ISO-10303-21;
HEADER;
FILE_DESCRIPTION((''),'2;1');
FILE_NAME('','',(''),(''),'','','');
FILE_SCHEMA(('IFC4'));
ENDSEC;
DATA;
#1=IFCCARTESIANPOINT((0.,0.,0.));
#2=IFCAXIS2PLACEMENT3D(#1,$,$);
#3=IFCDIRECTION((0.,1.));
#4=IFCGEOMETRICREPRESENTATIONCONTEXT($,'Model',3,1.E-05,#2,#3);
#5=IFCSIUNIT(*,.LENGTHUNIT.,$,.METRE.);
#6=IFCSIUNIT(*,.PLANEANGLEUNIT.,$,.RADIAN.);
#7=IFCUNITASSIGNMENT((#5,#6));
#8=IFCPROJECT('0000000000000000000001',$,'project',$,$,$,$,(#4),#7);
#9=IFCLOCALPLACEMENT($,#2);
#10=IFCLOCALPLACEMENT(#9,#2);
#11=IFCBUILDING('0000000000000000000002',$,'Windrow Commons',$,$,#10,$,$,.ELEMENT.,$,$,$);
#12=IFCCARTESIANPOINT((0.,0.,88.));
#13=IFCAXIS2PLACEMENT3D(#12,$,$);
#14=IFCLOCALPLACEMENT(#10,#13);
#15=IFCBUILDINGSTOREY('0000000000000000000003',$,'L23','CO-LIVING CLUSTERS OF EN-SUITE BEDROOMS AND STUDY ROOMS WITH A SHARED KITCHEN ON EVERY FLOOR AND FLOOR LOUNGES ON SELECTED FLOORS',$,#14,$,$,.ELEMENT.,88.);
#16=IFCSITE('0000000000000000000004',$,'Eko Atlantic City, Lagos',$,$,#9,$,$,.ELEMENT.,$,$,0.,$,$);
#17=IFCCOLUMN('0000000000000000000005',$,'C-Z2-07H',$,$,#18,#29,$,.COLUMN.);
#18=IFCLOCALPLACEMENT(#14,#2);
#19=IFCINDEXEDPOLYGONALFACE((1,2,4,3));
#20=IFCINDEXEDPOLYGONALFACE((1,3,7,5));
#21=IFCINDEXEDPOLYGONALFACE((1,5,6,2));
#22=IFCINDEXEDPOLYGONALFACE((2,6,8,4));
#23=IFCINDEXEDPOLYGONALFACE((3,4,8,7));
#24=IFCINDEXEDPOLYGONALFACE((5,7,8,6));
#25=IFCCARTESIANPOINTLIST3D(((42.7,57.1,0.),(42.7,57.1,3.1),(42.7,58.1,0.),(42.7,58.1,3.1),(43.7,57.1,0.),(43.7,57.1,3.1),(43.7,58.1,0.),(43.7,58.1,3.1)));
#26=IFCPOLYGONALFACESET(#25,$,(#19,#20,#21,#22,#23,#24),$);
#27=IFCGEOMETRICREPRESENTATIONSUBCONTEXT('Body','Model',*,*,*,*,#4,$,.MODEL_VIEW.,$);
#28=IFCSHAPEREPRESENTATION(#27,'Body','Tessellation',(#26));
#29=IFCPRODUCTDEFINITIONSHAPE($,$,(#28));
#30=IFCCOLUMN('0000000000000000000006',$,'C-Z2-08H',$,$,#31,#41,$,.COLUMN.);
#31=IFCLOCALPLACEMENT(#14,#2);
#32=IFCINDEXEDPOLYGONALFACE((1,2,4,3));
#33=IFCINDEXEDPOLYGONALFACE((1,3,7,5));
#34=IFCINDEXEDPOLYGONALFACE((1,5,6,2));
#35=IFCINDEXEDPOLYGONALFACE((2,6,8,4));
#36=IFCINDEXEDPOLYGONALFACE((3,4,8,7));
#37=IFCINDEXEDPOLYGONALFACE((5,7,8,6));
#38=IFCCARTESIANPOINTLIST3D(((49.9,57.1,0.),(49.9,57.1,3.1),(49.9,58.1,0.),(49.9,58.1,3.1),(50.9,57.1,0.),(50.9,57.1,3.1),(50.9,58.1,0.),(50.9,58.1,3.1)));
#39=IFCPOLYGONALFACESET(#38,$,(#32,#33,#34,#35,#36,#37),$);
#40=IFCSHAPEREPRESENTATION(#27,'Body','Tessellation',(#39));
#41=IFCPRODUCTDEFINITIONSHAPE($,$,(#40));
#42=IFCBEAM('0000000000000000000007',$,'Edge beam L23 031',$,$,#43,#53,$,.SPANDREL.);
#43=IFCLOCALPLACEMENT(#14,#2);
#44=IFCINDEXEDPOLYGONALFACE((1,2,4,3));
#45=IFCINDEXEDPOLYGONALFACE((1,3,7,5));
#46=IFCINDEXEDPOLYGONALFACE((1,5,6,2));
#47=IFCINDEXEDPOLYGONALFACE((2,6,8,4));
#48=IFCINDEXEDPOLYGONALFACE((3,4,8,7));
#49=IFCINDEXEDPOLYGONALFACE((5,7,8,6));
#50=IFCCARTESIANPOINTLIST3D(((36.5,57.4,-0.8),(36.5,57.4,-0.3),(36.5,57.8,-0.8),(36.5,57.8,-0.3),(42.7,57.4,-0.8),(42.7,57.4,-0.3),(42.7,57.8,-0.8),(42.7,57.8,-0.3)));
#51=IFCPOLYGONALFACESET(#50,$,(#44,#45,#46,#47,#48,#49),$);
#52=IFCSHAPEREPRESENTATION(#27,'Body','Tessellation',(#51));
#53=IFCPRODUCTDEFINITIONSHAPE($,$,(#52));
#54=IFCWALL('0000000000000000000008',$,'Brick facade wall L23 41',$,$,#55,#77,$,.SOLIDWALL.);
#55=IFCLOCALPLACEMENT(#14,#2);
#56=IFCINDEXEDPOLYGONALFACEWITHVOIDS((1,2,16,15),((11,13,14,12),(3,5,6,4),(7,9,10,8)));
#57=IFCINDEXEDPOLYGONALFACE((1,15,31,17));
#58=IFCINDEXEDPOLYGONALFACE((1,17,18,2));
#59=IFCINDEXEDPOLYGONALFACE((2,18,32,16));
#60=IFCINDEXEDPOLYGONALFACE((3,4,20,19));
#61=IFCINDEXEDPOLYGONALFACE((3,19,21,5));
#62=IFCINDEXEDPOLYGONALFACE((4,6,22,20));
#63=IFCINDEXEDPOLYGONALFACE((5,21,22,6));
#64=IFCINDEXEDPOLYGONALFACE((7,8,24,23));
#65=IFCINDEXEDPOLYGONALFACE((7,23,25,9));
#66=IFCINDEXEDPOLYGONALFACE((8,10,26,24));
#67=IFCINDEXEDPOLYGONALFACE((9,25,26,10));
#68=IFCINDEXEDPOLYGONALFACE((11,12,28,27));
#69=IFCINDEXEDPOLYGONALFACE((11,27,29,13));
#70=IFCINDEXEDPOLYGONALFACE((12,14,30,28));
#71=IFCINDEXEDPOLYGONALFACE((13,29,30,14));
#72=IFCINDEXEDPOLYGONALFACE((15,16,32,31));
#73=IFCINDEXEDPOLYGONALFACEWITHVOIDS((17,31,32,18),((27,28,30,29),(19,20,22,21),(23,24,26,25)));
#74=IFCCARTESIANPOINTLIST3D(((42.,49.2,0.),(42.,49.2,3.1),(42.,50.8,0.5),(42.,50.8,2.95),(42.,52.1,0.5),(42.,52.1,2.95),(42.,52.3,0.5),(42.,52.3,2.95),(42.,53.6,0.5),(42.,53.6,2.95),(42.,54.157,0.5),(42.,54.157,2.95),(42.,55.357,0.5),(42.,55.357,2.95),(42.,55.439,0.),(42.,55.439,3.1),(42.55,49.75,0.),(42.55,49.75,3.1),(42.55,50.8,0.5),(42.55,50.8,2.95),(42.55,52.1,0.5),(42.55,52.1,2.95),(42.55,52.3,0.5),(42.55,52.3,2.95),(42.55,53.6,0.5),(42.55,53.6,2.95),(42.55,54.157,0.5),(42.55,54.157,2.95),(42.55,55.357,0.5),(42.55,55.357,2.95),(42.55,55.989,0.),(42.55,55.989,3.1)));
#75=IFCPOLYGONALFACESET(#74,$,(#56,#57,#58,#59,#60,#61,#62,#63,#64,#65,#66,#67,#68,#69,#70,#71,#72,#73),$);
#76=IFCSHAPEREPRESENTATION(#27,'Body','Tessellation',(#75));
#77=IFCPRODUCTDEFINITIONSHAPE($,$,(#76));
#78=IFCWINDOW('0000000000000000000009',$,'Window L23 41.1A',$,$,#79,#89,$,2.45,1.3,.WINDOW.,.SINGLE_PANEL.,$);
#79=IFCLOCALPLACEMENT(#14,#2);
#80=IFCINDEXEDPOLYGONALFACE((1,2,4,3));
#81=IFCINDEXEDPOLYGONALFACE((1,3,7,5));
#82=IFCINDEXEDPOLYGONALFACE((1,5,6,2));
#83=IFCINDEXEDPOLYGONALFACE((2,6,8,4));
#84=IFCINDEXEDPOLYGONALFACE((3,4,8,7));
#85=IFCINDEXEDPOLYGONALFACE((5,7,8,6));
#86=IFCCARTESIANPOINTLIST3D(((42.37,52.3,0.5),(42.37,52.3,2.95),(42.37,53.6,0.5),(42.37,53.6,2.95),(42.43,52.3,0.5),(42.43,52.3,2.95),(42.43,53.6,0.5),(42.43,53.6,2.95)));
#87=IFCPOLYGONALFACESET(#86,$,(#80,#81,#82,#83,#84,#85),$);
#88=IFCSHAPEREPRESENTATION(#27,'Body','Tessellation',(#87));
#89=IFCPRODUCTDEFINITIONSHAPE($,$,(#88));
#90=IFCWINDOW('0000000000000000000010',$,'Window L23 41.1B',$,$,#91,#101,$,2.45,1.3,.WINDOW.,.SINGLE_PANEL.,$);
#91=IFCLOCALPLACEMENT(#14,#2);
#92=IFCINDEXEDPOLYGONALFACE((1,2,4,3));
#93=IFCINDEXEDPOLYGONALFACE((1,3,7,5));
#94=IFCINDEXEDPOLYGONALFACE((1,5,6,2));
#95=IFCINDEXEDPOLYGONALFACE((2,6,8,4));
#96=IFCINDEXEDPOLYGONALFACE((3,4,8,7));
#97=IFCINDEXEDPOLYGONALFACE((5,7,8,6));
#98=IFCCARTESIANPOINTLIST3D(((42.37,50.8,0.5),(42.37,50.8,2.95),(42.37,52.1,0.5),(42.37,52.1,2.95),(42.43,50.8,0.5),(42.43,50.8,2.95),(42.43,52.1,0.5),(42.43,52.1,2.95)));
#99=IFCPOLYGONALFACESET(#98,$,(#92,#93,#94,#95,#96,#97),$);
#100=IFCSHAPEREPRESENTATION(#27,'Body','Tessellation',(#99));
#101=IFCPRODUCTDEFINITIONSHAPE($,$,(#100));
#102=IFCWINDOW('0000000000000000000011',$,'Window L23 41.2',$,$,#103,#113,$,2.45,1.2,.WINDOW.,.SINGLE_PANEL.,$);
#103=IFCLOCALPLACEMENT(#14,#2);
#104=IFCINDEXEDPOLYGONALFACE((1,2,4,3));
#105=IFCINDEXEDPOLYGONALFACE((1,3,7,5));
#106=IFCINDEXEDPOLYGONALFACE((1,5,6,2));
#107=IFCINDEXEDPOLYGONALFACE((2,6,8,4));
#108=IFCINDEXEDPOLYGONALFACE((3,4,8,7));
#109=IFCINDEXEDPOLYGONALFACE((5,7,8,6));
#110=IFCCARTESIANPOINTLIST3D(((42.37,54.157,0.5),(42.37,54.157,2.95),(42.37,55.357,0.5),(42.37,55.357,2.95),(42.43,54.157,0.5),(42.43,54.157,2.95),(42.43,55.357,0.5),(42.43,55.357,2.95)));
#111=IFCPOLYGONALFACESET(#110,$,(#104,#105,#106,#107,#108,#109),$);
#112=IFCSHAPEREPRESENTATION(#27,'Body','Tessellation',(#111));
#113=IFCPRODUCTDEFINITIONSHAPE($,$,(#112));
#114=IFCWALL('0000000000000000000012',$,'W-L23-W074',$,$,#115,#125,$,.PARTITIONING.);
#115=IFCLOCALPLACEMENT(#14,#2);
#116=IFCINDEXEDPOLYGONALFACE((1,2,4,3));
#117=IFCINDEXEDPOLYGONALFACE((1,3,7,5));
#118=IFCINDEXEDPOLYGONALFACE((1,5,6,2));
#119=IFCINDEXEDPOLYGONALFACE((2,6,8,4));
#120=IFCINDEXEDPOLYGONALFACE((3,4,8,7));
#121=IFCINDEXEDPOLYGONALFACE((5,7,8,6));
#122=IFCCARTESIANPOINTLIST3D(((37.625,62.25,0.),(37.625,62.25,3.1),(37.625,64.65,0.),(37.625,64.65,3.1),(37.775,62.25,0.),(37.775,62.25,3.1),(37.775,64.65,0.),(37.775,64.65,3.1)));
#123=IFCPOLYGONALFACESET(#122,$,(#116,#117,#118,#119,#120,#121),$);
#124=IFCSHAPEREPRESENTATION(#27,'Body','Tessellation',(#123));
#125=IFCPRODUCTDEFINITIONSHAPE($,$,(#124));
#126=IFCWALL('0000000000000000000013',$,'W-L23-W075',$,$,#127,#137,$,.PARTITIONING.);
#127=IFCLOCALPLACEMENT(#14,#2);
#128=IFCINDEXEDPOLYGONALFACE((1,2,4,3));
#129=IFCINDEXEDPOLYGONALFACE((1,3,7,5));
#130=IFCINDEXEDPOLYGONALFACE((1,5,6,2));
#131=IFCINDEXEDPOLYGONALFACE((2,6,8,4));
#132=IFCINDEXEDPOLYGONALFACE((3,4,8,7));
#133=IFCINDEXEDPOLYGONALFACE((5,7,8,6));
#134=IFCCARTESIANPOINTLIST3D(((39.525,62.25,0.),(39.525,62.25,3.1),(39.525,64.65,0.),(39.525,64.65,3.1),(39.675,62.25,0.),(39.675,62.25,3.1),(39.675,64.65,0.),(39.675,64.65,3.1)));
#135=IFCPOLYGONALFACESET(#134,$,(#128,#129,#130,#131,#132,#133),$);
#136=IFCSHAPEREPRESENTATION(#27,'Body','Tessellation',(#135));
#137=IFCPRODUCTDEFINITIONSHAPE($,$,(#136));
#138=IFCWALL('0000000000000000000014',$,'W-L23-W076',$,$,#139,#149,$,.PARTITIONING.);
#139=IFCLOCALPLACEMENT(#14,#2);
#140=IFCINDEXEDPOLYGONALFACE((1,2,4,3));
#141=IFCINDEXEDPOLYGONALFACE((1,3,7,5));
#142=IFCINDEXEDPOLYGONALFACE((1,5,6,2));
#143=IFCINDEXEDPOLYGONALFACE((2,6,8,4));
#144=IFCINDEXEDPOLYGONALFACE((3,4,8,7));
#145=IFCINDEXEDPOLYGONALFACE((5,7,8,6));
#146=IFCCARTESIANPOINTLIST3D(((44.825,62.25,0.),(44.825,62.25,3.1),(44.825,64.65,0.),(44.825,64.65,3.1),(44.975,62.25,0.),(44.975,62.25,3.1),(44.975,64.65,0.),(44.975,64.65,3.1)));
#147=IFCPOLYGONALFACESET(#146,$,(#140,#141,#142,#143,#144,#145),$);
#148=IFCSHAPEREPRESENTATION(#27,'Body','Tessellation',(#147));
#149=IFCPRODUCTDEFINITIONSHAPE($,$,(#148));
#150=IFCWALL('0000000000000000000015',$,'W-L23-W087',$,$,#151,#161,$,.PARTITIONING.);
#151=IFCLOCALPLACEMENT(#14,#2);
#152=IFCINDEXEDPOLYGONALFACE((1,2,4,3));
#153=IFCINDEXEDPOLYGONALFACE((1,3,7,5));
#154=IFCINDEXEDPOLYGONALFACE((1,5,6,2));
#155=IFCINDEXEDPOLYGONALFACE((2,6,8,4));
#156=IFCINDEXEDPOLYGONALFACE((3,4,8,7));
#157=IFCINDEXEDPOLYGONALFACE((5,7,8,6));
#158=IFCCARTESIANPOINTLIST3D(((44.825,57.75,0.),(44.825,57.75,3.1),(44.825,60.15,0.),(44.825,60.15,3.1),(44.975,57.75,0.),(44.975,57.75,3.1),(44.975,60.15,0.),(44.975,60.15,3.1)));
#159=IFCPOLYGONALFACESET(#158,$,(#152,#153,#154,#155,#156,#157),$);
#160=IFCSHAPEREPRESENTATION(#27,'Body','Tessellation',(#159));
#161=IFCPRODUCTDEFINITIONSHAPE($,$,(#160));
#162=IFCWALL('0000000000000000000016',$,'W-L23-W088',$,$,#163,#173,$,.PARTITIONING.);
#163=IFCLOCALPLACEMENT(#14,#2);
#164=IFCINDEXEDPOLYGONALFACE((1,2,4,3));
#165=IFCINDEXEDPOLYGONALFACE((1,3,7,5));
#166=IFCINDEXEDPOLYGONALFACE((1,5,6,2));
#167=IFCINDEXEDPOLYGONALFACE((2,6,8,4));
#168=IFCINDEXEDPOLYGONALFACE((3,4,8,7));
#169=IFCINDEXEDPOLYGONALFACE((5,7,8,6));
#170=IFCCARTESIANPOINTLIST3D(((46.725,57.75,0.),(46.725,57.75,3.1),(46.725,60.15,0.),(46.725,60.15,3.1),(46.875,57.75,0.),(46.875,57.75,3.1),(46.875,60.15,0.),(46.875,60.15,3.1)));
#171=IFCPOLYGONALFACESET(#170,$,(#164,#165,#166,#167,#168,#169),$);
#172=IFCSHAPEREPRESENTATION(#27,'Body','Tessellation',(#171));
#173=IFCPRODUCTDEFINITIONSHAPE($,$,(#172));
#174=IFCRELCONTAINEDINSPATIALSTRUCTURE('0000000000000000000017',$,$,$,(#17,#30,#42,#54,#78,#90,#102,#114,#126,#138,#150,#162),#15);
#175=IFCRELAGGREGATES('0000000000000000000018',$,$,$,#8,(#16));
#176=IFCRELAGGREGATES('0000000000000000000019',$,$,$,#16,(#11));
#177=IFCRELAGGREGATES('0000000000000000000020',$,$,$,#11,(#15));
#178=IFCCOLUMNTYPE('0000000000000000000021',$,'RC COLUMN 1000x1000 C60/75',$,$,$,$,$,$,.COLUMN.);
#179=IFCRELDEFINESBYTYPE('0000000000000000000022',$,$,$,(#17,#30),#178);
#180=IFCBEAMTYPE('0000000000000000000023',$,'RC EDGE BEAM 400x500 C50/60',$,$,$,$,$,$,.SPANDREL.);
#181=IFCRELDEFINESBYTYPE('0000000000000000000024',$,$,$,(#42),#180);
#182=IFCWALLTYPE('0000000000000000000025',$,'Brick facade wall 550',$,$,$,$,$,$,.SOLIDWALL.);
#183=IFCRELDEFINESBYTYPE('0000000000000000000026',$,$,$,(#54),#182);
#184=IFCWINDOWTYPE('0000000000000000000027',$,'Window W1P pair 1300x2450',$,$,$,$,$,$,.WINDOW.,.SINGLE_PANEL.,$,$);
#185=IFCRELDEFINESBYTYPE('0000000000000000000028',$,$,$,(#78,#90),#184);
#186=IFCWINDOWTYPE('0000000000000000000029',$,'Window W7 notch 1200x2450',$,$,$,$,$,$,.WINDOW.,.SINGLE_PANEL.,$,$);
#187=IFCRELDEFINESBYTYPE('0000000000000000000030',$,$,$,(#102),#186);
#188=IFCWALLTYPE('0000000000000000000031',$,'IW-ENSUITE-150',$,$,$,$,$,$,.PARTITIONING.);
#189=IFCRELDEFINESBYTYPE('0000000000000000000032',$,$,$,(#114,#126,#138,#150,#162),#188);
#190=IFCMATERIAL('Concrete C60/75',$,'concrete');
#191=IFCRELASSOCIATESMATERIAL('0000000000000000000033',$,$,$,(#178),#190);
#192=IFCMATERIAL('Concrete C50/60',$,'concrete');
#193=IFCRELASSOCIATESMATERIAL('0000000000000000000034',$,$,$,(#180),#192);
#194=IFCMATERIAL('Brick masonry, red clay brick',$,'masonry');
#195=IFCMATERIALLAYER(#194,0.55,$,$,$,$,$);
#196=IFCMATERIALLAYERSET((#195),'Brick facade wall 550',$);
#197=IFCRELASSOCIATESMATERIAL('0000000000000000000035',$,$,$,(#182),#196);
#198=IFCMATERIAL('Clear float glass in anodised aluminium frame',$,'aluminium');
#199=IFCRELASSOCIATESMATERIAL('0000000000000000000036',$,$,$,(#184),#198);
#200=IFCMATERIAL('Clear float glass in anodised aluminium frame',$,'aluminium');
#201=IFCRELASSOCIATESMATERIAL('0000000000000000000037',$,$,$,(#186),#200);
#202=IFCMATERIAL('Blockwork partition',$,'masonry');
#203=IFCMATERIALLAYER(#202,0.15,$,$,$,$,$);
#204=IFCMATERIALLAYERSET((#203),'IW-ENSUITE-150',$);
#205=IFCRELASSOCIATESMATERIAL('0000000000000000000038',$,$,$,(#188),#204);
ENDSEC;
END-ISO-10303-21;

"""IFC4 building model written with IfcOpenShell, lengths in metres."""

from ifc_helpers import new_model, si_unit, direction, frame, frame_2d, origin, origin_2d, place, context, subcontext, project, spatial, polyline, rectangle, outline, extrude, material, layer, layer_set, material_profile, profile_set, type_object, element, fill, save


model = new_model("IFC4")

# Units and contexts
model_context = context("Model", 3, precision=1e-05, world=origin(), true_north=direction((0.0, 1.0)))
body_context = subcontext(model_context, "Body", "Model", "MODEL_VIEW")
ifc_project = project(units=[si_unit("LENGTHUNIT", "METRE"), si_unit("PLANEANGLEUNIT", "RADIAN")], contexts=[model_context])

# Site, building, storey
site_placement = place(None, origin())
site = spatial("IfcSite", under=ifc_project, at=site_placement, Name="Eko Atlantic City, Lagos", CompositionType="ELEMENT", RefElevation=0.0)
building_placement = place(site_placement, origin())
building = spatial("IfcBuilding", under=site, at=building_placement, Name="Windrow Commons", CompositionType="ELEMENT")
storey_placement = place(building_placement, frame((0.0, 0.0, 88.0)))
storey = spatial("IfcBuildingStorey", under=building, at=storey_placement, Name="L23", Description="CO-LIVING CLUSTERS OF EN-SUITE BEDROOMS AND STUDY ROOMS WITH A SHARED KITCHEN ON EVERY FLOOR AND FLOOR LOUNGES ON SELECTED FLOORS", CompositionType="ELEMENT", Elevation=88.0)

# Columns
ifc_material_1 = material(Name="Concrete C60/75", Category="concrete")
ifc_material_profile_1 = material_profile(ifc_material_1, rectangle(XDim=1.0, YDim=1.0, at=origin_2d()))
ifc_profile_set_1 = profile_set([ifc_material_profile_1], Name="Concrete C60/75")
column_type = type_object("IfcColumnType", Name="RC COLUMN 1000x1000 C60/75", PredefinedType="COLUMN", material=ifc_profile_set_1)
for number, where, z_axis, x_axis, name in (
    (1, (43.2, 57.6, 0.0), (0.0, 0.0, 1.0), (1.0, 0.0, 0.0), "C-Z2-07H"),
    (2, (50.4, 57.6, 0.0), (0.0, 0.0, 1.0), (1.0, 0.0, 0.0), "C-Z2-08H"),
):
    element("IfcColumn", number, at=place(storey_placement, frame(where, z_axis=z_axis, x_axis=x_axis)), inside=storey, type_object=column_type, Name=name, PredefinedType="COLUMN", context=body_context, shape_type="SweptSolid", body=[
        extrude(rectangle(XDim=1.0, YDim=1.0, at=origin_2d()), origin(), (0.0, 0.0, 1.0), 3.1),
    ])

# Beam
ifc_material_2 = material(Name="Concrete C50/60", Category="concrete")
ifc_material_profile_2 = material_profile(ifc_material_2, rectangle(XDim=0.4, YDim=0.5, at=origin_2d()))
ifc_profile_set_2 = profile_set([ifc_material_profile_2], Name="Concrete C50/60")
beam_type = type_object("IfcBeamType", Name="RC EDGE BEAM 400x500 C50/60", PredefinedType="SPANDREL", material=ifc_profile_set_2)
beam_placement = place(storey_placement, frame((42.7, 57.6, -0.55), z_axis=(-1.0, 0.0, 0.0), x_axis=(0.0, -1.0, 0.0)))
element("IfcBeam", 3, at=beam_placement, inside=storey, type_object=beam_type, Name="Edge beam L23 031", PredefinedType="SPANDREL", context=body_context, shape_type="SweptSolid", body=[
    extrude(rectangle(XDim=0.4, YDim=0.5, at=origin_2d()), origin(), (0.0, 0.0, 1.0), 6.2),
])

# Wall, openings, windows
ifc_material_3 = material(Name="Brick masonry, red clay brick", Category="masonry")
ifc_layer_1 = layer(ifc_material_3, 0.55)
ifc_layer_set_1 = layer_set([ifc_layer_1], Name="Brick facade wall 550")
wall_type_1 = type_object("IfcWallType", Name="Brick facade wall 550", PredefinedType="SOLIDWALL", material=ifc_layer_set_1)
wall_1_placement = place(storey_placement, frame((42.275, 55.714, 0.0), z_axis=(0.0, 0.0, 1.0), x_axis=(0.0, -1.0, 0.0)))
wall_1 = element("IfcWall", 4, at=wall_1_placement, inside=storey, type_object=wall_type_1, Name="Brick facade wall L23 41", PredefinedType="SOLIDWALL", context=body_context, shape_type="SweptSolid", body=[
    extrude(outline(polyline([(0.275, -0.275), (6.514, -0.275), (5.964, 0.275), (-0.275, 0.275), (0.275, -0.275)])), origin(), (0.0, 0.0, 1.0), 3.1),
])
opening_1_placement = place(wall_1_placement, frame((2.114, 0.0, 0.5)))
opening_1 = element("IfcOpeningElement", 5, at=opening_1_placement, cuts=wall_1, PredefinedType="OPENING", context=body_context, shape_type="SweptSolid", body=[
    extrude(rectangle(XDim=1.3, YDim=2.45, at=frame_2d((0.65, 1.225))), frame((0.0, 0.285, 0.0), z_axis=(0.0, -1.0, 0.0), x_axis=(1.0, 0.0, 0.0)), (0.0, 0.0, 1.0), 0.57),
])
opening_2_placement = place(wall_1_placement, frame((3.614, 0.0, 0.5)))
opening_2 = element("IfcOpeningElement", 6, at=opening_2_placement, cuts=wall_1, PredefinedType="OPENING", context=body_context, shape_type="SweptSolid", body=[
    extrude(rectangle(XDim=1.3, YDim=2.45, at=frame_2d((0.65, 1.225))), frame((0.0, 0.285, 0.0), z_axis=(0.0, -1.0, 0.0), x_axis=(1.0, 0.0, 0.0)), (0.0, 0.0, 1.0), 0.57),
])
opening_3_placement = place(wall_1_placement, frame((0.357, 0.0, 0.5)))
opening_3 = element("IfcOpeningElement", 7, at=opening_3_placement, cuts=wall_1, PredefinedType="OPENING", context=body_context, shape_type="SweptSolid", body=[
    extrude(rectangle(XDim=1.2, YDim=2.45, at=frame_2d((0.6, 1.225))), frame((0.0, 0.285, 0.0), z_axis=(0.0, -1.0, 0.0), x_axis=(1.0, 0.0, 0.0)), (0.0, 0.0, 1.0), 0.57),
])
ifc_material_4 = material(Name="Clear float glass in anodised aluminium frame", Category="aluminium")
window_type_1 = type_object("IfcWindowType", Name="Window W1P pair 1300x2450", PartitioningType="SINGLE_PANEL", PredefinedType="WINDOW", material=ifc_material_4)
window_1_placement = place(opening_1_placement, origin())
window_1 = element("IfcWindow", 8, at=window_1_placement, inside=storey, type_object=window_type_1, Name="Window L23 41.1A", OverallHeight=2.45, OverallWidth=1.3, PartitioningType="SINGLE_PANEL", PredefinedType="WINDOW", context=body_context, shape_type="SweptSolid", body=[
    extrude(rectangle(XDim=1.3, YDim=2.45, at=frame_2d((0.65, 1.225))), frame((0.0, 0.155, 0.0), z_axis=(0.0, -1.0, 0.0), x_axis=(1.0, 0.0, 0.0)), (0.0, 0.0, 1.0), 0.06),
])
fill(opening_1, window_1)
window_2_placement = place(opening_2_placement, origin())
window_2 = element("IfcWindow", 9, at=window_2_placement, inside=storey, type_object=window_type_1, Name="Window L23 41.1B", OverallHeight=2.45, OverallWidth=1.3, PartitioningType="SINGLE_PANEL", PredefinedType="WINDOW", context=body_context, shape_type="SweptSolid", body=[
    extrude(rectangle(XDim=1.3, YDim=2.45, at=frame_2d((0.65, 1.225))), frame((0.0, 0.155, 0.0), z_axis=(0.0, -1.0, 0.0), x_axis=(1.0, 0.0, 0.0)), (0.0, 0.0, 1.0), 0.06),
])
fill(opening_2, window_2)
ifc_material_5 = material(Name="Clear float glass in anodised aluminium frame", Category="aluminium")
window_type_2 = type_object("IfcWindowType", Name="Window W7 notch 1200x2450", PartitioningType="SINGLE_PANEL", PredefinedType="WINDOW", material=ifc_material_5)
window_3_placement = place(opening_3_placement, origin())
window_3 = element("IfcWindow", 10, at=window_3_placement, inside=storey, type_object=window_type_2, Name="Window L23 41.2", OverallHeight=2.45, OverallWidth=1.2, PartitioningType="SINGLE_PANEL", PredefinedType="WINDOW", context=body_context, shape_type="SweptSolid", body=[
    extrude(rectangle(XDim=1.2, YDim=2.45, at=frame_2d((0.6, 1.225))), frame((0.0, 0.155, 0.0), z_axis=(0.0, -1.0, 0.0), x_axis=(1.0, 0.0, 0.0)), (0.0, 0.0, 1.0), 0.06),
])
fill(opening_3, window_3)

# Walls
ifc_material_6 = material(Name="Blockwork partition", Category="masonry")
ifc_layer_2 = layer(ifc_material_6, 0.15)
ifc_layer_set_2 = layer_set([ifc_layer_2], Name="IW-ENSUITE-150")
wall_type_2 = type_object("IfcWallType", Name="IW-ENSUITE-150", PredefinedType="PARTITIONING", material=ifc_layer_set_2)
for number, where, z_axis, x_axis, name in (
    (11, (37.7, 62.25, 0.0), (0.0, 0.0, 1.0), (0.0, 1.0, 0.0), "W-L23-W074"),
    (12, (39.6, 62.25, 0.0), (0.0, 0.0, 1.0), (0.0, 1.0, 0.0), "W-L23-W075"),
    (13, (44.9, 62.25, 0.0), (0.0, 0.0, 1.0), (0.0, 1.0, 0.0), "W-L23-W076"),
    (14, (44.9, 57.75, 0.0), (0.0, 0.0, 1.0), (0.0, 1.0, 0.0), "W-L23-W087"),
    (15, (46.8, 57.75, 0.0), (0.0, 0.0, 1.0), (0.0, 1.0, 0.0), "W-L23-W088"),
):
    element("IfcWall", number, at=place(storey_placement, frame(where, z_axis=z_axis, x_axis=x_axis)), inside=storey, type_object=wall_type_2, Name=name, PredefinedType="PARTITIONING", context=body_context, shape_type="SweptSolid", body=[
        extrude(rectangle(XDim=2.4, YDim=0.15, at=frame_2d((1.2, 0.0))), origin(), (0.0, 0.0, 1.0), 3.1),
    ])

save(model, "model.ifc")
